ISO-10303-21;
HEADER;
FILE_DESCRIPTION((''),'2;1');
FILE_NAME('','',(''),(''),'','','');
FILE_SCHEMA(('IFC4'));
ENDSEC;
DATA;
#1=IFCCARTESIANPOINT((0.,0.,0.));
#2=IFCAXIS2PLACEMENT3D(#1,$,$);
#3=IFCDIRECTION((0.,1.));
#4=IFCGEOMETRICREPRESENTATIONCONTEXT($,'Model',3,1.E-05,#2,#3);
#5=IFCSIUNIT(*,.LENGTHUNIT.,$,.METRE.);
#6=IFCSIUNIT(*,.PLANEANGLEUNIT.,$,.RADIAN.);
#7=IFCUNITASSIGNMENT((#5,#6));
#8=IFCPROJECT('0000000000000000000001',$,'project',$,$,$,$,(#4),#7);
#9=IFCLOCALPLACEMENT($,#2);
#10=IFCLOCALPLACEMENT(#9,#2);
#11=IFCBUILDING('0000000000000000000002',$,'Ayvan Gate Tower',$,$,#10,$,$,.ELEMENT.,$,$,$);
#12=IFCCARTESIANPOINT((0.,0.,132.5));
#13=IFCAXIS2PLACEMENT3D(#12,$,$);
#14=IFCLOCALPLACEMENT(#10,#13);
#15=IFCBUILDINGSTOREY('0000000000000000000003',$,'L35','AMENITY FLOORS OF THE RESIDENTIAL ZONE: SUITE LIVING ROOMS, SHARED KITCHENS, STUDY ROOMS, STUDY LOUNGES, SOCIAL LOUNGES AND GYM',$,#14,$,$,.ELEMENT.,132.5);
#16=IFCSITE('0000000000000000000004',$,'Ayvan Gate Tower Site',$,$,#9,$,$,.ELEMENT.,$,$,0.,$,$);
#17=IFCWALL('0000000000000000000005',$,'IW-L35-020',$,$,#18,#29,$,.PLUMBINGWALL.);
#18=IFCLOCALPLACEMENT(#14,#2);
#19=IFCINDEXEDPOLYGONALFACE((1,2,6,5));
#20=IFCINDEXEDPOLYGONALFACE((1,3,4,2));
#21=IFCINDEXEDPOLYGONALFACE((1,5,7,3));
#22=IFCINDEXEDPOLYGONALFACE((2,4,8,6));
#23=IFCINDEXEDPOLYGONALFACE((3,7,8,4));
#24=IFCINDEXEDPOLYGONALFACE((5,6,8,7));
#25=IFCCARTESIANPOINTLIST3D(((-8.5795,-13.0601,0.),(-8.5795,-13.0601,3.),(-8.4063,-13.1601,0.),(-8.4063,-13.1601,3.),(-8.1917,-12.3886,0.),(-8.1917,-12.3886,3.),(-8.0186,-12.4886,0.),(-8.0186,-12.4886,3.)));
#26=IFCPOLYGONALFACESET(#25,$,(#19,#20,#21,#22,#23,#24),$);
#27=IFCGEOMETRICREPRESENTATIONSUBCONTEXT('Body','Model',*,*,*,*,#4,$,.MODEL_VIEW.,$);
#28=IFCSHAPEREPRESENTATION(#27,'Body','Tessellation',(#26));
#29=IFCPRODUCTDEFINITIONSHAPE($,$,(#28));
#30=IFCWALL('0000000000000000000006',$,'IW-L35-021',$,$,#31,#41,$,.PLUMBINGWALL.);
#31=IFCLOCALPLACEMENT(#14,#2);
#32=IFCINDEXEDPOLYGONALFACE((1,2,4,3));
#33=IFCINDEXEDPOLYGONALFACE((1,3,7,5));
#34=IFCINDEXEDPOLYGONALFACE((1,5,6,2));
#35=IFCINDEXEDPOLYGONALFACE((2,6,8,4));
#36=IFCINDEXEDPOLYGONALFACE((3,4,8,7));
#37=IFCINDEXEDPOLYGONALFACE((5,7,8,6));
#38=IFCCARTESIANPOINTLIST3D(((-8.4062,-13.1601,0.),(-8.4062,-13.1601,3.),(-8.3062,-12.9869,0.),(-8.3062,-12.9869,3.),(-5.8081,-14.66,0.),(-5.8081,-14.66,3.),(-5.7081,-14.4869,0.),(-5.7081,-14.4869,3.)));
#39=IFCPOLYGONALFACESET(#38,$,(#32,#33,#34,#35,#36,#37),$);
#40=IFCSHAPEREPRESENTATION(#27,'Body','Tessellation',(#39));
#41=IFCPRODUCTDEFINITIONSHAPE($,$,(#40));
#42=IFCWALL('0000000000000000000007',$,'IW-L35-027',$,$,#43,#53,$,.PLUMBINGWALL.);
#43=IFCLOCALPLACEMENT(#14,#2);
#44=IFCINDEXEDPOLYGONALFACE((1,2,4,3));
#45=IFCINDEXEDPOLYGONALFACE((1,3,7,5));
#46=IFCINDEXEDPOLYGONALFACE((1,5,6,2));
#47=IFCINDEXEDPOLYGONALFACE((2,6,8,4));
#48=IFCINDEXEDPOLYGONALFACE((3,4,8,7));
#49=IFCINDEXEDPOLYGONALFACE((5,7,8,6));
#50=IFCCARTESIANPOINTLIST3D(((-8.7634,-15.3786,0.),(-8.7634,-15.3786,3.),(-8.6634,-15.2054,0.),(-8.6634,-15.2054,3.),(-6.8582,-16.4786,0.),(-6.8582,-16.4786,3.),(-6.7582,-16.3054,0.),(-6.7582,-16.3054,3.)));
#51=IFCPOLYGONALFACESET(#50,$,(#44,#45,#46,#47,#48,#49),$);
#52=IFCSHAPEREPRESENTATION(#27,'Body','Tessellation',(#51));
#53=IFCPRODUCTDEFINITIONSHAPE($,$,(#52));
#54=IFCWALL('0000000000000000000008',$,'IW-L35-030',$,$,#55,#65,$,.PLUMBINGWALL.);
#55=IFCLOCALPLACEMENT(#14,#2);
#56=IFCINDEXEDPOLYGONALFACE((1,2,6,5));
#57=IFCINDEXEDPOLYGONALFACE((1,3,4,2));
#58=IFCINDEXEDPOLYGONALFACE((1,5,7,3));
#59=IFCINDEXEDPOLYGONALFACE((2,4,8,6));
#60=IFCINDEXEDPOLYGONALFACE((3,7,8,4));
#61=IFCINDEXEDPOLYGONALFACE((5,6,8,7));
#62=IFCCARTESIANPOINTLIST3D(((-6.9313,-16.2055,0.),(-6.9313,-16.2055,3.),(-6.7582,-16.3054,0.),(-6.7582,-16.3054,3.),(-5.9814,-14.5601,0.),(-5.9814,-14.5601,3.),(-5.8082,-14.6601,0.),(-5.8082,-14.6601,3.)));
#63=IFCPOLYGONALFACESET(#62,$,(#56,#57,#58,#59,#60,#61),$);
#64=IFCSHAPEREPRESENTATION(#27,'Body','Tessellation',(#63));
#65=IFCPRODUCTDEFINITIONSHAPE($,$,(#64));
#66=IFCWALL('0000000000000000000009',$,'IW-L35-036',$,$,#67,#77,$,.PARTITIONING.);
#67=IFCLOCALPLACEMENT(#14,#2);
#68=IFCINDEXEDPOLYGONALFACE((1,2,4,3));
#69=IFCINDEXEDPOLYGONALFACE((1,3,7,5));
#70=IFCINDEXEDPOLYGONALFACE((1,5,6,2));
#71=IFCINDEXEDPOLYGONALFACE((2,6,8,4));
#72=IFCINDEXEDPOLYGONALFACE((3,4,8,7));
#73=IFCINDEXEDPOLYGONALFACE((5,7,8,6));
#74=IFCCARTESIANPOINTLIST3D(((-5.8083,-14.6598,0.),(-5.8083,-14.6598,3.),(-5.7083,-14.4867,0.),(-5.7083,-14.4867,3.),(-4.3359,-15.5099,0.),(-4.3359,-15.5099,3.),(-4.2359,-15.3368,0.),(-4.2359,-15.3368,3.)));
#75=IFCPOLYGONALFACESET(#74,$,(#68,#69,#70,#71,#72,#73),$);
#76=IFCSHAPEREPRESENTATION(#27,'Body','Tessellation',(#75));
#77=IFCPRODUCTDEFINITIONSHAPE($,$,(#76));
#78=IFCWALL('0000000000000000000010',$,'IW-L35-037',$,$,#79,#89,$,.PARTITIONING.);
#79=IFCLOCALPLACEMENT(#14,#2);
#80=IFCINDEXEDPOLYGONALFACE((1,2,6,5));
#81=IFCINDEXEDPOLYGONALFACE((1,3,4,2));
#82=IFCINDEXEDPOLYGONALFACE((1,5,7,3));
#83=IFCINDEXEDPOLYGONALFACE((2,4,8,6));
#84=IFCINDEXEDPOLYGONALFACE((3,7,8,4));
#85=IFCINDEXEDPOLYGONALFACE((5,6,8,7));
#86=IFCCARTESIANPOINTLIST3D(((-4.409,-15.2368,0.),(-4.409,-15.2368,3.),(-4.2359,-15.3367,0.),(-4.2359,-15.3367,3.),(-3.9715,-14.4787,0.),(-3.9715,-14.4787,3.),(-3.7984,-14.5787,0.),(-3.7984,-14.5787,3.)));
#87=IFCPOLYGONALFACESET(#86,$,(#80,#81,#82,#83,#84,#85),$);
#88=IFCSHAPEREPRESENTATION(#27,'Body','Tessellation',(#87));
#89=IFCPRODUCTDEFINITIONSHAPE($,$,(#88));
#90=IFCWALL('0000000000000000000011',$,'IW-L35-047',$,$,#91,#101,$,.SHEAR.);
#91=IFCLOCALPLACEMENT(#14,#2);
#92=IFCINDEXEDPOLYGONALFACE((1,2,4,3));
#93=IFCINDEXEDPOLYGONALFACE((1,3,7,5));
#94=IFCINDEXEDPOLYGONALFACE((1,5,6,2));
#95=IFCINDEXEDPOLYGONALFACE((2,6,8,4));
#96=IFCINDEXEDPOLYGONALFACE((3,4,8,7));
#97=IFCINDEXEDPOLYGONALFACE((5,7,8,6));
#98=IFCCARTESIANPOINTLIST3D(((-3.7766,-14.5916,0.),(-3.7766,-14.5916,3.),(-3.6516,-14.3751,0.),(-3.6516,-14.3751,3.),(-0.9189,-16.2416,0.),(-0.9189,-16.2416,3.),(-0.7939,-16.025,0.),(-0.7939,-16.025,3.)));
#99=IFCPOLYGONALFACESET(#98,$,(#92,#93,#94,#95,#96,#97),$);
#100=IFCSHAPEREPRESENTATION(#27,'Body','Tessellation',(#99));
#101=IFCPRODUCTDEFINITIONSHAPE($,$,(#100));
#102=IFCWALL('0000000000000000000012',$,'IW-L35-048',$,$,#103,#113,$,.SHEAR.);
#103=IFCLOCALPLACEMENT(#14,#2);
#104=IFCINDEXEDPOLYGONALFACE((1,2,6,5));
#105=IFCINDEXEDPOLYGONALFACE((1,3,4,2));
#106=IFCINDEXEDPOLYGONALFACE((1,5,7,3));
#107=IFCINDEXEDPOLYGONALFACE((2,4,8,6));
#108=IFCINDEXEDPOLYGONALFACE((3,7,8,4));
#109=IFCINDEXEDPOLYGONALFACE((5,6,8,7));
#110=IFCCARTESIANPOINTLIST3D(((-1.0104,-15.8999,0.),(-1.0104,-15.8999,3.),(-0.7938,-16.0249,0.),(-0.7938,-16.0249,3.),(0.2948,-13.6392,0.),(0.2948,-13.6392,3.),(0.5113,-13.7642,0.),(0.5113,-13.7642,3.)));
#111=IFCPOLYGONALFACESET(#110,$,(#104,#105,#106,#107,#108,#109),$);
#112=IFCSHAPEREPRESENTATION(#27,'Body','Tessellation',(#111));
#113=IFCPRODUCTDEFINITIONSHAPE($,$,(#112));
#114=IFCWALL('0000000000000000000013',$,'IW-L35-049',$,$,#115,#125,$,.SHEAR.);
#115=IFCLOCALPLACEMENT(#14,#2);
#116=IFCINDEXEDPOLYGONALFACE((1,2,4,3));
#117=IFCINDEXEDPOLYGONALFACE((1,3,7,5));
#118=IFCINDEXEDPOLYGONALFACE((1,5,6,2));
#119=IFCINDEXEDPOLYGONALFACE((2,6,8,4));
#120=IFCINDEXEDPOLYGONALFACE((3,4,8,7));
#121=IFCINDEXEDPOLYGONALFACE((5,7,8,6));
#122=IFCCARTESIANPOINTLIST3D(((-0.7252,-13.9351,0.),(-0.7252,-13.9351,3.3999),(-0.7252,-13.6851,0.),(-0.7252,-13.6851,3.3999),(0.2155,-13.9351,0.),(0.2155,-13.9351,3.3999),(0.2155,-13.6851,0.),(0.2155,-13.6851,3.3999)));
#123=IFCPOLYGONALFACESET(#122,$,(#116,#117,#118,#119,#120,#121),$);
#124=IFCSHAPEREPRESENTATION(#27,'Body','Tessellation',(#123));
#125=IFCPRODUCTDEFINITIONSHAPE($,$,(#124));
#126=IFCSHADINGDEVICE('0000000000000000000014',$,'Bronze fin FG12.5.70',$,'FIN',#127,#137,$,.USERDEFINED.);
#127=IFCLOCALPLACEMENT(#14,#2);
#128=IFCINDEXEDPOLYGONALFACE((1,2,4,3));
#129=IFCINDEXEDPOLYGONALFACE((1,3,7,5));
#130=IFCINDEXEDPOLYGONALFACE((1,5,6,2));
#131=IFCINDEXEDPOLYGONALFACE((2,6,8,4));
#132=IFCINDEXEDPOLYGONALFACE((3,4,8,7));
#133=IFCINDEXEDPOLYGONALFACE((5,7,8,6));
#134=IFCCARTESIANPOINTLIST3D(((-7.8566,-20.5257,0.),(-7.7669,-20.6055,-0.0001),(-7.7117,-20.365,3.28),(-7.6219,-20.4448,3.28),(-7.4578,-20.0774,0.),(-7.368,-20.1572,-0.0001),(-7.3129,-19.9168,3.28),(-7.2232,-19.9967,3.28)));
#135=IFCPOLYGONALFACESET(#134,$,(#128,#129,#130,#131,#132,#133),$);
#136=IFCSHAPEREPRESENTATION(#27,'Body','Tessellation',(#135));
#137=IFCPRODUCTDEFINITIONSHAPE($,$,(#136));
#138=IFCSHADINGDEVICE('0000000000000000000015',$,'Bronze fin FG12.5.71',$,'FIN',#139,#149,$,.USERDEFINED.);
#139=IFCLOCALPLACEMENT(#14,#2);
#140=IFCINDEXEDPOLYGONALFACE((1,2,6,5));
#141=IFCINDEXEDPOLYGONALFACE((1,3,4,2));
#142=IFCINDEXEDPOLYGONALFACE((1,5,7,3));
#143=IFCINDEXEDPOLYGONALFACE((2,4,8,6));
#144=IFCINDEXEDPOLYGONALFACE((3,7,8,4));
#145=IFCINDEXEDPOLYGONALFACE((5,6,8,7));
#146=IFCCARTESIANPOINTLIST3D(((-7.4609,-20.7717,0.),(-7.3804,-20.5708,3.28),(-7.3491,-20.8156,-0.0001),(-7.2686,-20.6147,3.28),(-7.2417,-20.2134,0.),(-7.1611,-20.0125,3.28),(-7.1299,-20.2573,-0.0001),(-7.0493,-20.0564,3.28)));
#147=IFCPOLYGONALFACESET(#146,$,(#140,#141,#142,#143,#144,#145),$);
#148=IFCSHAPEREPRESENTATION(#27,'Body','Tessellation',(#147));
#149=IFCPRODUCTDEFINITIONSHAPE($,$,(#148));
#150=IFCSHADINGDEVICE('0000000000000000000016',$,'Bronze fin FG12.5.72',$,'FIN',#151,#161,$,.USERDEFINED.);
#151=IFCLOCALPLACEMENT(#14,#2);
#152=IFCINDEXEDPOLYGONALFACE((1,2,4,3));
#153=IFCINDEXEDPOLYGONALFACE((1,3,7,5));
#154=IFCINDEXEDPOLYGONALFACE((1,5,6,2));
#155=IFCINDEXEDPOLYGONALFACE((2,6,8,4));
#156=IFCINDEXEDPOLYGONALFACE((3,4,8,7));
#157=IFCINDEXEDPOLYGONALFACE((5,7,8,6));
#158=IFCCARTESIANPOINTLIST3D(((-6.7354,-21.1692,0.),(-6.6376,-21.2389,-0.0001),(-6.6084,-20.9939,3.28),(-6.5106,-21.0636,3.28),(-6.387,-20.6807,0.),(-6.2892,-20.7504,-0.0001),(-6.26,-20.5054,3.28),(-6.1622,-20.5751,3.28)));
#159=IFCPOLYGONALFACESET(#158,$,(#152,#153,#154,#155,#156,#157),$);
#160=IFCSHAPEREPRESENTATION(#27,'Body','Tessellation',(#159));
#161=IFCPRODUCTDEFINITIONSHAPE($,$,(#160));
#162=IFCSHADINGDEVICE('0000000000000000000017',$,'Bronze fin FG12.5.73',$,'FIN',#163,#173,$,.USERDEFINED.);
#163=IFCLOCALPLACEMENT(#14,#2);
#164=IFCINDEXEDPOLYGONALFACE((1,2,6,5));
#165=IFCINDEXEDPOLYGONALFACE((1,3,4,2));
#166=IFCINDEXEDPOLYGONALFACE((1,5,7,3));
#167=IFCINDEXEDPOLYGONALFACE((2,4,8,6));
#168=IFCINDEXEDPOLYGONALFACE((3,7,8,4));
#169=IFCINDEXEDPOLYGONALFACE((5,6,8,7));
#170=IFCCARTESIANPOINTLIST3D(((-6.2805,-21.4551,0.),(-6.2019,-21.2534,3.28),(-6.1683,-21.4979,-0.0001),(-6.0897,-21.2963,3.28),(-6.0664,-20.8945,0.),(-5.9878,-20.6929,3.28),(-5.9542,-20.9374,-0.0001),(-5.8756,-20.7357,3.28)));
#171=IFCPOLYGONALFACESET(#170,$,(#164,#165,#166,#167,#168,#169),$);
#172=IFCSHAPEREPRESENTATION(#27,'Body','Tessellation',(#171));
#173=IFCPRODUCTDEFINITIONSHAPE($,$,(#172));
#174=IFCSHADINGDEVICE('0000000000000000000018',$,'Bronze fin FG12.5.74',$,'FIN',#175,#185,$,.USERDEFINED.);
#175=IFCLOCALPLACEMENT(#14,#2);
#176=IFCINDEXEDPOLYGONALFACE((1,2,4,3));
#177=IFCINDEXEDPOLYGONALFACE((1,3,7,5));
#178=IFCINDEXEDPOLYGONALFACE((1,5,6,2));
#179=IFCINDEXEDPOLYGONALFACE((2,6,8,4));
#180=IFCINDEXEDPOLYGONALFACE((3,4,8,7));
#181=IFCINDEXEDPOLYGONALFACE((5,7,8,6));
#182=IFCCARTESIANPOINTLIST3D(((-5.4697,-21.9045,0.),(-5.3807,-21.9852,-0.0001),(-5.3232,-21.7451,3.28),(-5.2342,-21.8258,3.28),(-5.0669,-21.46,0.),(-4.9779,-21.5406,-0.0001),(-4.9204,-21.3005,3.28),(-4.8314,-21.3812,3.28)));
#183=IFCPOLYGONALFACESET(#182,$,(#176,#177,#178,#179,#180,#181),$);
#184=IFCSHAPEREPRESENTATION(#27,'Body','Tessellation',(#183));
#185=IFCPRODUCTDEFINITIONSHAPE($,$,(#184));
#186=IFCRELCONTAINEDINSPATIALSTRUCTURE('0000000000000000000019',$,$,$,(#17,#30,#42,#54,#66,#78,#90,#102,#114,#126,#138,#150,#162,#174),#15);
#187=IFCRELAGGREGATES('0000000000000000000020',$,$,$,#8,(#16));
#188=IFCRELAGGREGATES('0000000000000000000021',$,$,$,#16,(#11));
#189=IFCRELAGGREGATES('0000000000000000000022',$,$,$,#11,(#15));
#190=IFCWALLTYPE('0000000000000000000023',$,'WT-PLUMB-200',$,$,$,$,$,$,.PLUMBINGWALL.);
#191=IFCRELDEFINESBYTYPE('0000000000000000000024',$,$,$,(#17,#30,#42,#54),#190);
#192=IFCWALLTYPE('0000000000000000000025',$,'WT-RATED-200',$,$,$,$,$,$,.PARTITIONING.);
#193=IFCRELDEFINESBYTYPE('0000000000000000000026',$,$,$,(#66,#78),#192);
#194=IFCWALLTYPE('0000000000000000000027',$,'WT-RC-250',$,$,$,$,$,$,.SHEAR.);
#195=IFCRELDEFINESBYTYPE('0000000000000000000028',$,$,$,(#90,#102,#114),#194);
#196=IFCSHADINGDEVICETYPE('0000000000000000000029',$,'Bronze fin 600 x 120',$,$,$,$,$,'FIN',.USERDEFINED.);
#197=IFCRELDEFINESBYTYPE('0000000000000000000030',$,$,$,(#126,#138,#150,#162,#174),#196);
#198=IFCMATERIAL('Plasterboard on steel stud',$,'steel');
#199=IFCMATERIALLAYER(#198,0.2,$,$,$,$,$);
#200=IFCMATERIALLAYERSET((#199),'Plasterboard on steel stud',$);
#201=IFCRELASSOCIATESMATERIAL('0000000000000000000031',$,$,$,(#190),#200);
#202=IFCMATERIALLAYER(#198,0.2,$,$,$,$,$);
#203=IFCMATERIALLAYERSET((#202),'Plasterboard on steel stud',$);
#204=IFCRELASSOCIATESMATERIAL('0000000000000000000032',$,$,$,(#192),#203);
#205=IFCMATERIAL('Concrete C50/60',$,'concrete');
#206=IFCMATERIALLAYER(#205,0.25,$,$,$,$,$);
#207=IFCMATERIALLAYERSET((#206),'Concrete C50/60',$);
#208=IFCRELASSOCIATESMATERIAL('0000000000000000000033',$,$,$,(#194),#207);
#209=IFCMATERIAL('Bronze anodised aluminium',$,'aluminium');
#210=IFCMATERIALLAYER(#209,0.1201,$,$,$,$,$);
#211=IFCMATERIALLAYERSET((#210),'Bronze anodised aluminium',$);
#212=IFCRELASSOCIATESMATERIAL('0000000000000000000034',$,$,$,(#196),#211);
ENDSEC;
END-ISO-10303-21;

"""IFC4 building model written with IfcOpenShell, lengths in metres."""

from ifc_helpers import new_model, si_unit, direction, frame, frame_2d, origin, place, context, subcontext, project, spatial, polyline, rectangle, outline, extrude, material, layer, layer_set, type_object, element, save


model = new_model("IFC4")

# Units and contexts
model_context = context("Model", 3, precision=1e-05, world=origin(), true_north=direction((0.0, 1.0)))
body_context = subcontext(model_context, "Body", "Model", "MODEL_VIEW")
ifc_project = project(units=[si_unit("LENGTHUNIT", "METRE"), si_unit("PLANEANGLEUNIT", "RADIAN")], contexts=[model_context])

# Site, building, storey
site_placement = place(None, origin())
site = spatial("IfcSite", under=ifc_project, at=site_placement, Name="Ayvan Gate Tower Site", CompositionType="ELEMENT", RefElevation=0.0)
building_placement = place(site_placement, origin())
building = spatial("IfcBuilding", under=site, at=building_placement, Name="Ayvan Gate Tower", CompositionType="ELEMENT")
storey_placement = place(building_placement, frame((0.0, 0.0, 132.5)))
storey = spatial("IfcBuildingStorey", under=building, at=storey_placement, Name="L35", Description="AMENITY FLOORS OF THE RESIDENTIAL ZONE: SUITE LIVING ROOMS, SHARED KITCHENS, STUDY ROOMS, STUDY LOUNGES, SOCIAL LOUNGES AND GYM", CompositionType="ELEMENT", Elevation=132.5)

# Shared definitions
ifc_material_1 = material(Name="Bronze anodised aluminium", Category="aluminium")

# Walls
ifc_material_2 = material(Name="Plasterboard on steel stud", Category="steel")
ifc_layer_1 = layer(ifc_material_2, 0.2)
ifc_layer_set_1 = layer_set([ifc_layer_1], Name="Plasterboard on steel stud")
wall_type_1 = type_object("IfcWallType", Name="WT-PLUMB-200", PredefinedType="PLUMBINGWALL", material=ifc_layer_set_1)
wall_1_placement = place(storey_placement, frame((-8.4929, -13.1101, 0.0), z_axis=(0.0, 0.0, 1.0), x_axis=(0.500068, 0.865986, 0.0)))
element("IfcWall", 1, at=wall_1_placement, inside=storey, type_object=wall_type_1, Name="IW-L35-020", PredefinedType="PLUMBINGWALL", context=body_context, shape_type="SweptSolid", body=[
    extrude(rectangle(XDim=0.7754, YDim=0.2, at=frame_2d((0.3877, 0.0))), origin(), (0.0, 0.0, 1.0), 3.0),
])
wall_2_placement = place(storey_placement, frame((-8.3562, -13.0735, 0.0), z_axis=(0.0, 0.0, 1.0), x_axis=(0.866031, -0.49999, 0.0)))
element("IfcWall", 2, at=wall_2_placement, inside=storey, type_object=wall_type_1, Name="IW-L35-021", PredefinedType="PLUMBINGWALL", context=body_context, shape_type="SweptSolid", body=[
    extrude(rectangle(XDim=3.0, YDim=0.2, at=frame_2d((1.5, 0.0))), origin(), (0.0, 0.0, 1.0), 3.0),
])
wall_3_placement = place(storey_placement, frame((-6.8081, -16.3921, 0.0), z_axis=(0.0, 0.0, 1.0), x_axis=(-0.866008, 0.50003, 0.0)))
element("IfcWall", 3, at=wall_3_placement, inside=storey, type_object=wall_type_1, Name="IW-L35-027", PredefinedType="PLUMBINGWALL", context=body_context, shape_type="SweptSolid", body=[
    extrude(rectangle(XDim=2.2, YDim=0.2, at=frame_2d((1.1001, 0.0))), origin(), (0.0, 0.0, 1.0), 3.0),
])
wall_4_placement = place(storey_placement, frame((-5.8948, -14.6101, 0.0), z_axis=(0.0, 0.0, 1.0), x_axis=(-0.500023, -0.866012, 0.0)))
element("IfcWall", 4, at=wall_4_placement, inside=storey, type_object=wall_type_1, Name="IW-L35-030", PredefinedType="PLUMBINGWALL", context=body_context, shape_type="SweptSolid", body=[
    extrude(rectangle(XDim=1.8999, YDim=0.2, at=frame_2d((0.95, 0.0))), origin(), (0.0, 0.0, 1.0), 3.0),
])
ifc_layer_2 = layer(ifc_material_2, 0.2)
ifc_layer_set_2 = layer_set([ifc_layer_2], Name="Plasterboard on steel stud")
wall_type_2 = type_object("IfcWallType", Name="WT-RATED-200", PredefinedType="PARTITIONING", material=ifc_layer_set_2)
wall_5_placement = place(storey_placement, frame((-4.2859, -15.4233, 0.0), z_axis=(0.0, 0.0, 1.0), x_axis=(-0.866025, 0.5, 0.0)))
element("IfcWall", 5, at=wall_5_placement, inside=storey, type_object=wall_type_2, Name="IW-L35-036", PredefinedType="PARTITIONING", context=body_context, shape_type="SweptSolid", body=[
    extrude(rectangle(XDim=1.7002, YDim=0.2, at=frame_2d((0.8501, 0.0))), origin(), (0.0, 0.0, 1.0), 3.0),
])
wall_6_placement = place(storey_placement, frame((-3.885, -14.5288, 0.0), z_axis=(0.0, 0.0, 1.0), x_axis=(-0.499859, -0.866107, 0.0)))
element("IfcWall", 6, at=wall_6_placement, inside=storey, type_object=wall_type_2, Name="IW-L35-037", PredefinedType="PARTITIONING", context=body_context, shape_type="SweptSolid", body=[
    extrude(rectangle(XDim=0.8752, YDim=0.2, at=frame_2d((0.4375, 0.0))), origin(), (0.0, 0.0, 1.0), 3.0),
])
ifc_material_3 = material(Name="Concrete C50/60", Category="concrete")
ifc_layer_3 = layer(ifc_material_3, 0.25)
ifc_layer_set_3 = layer_set([ifc_layer_3], Name="Concrete C50/60")
wall_type_3 = type_object("IfcWallType", Name="WT-RC-250", PredefinedType="SHEAR", material=ifc_layer_set_3)
wall_7_placement = place(storey_placement, frame((-0.8564, -16.1333, 0.0), z_axis=(0.0, 0.0, 1.0), x_axis=(-0.866022, 0.500006, 0.0)))
element("IfcWall", 7, at=wall_7_placement, inside=storey, type_object=wall_type_3, Name="IW-L35-047", PredefinedType="SHEAR", context=body_context, shape_type="SweptSolid", body=[
    extrude(rectangle(XDim=3.2998, YDim=0.25, at=frame_2d((1.6499, 0.0))), origin(), (0.0, 0.0, 1.0), 3.0),
])
wall_8_placement = place(storey_placement, frame((-0.9021, -15.9624, 0.0), z_axis=(0.0, 0.0, 1.0), x_axis=(0.499982, 0.866036, 0.0)))
element("IfcWall", 8, at=wall_8_placement, inside=storey, type_object=wall_type_3, Name="IW-L35-048", PredefinedType="SHEAR", context=body_context, shape_type="SweptSolid", body=[
    extrude(rectangle(XDim=2.6104, YDim=0.25, at=frame_2d((1.3052, 0.0))), origin(), (0.0, 0.0, 1.0), 3.0),
])
wall_9_placement = place(storey_placement, frame((-0.7251, -13.8101, 0.0), z_axis=(0.0, 0.0, 1.0), x_axis=(1.0, 0.0, 0.0)))
element("IfcWall", 9, at=wall_9_placement, inside=storey, type_object=wall_type_3, Name="IW-L35-049", PredefinedType="SHEAR", context=body_context, shape_type="SweptSolid", body=[
    extrude(rectangle(XDim=0.9407, YDim=0.25, at=frame_2d((0.4702, 0.0))), origin(), (0.0, 0.0, 1.0), 3.3999),
])

# Shading devices
ifc_layer_4 = layer(ifc_material_1, 0.1201)
ifc_layer_set_4 = layer_set([ifc_layer_4], Name="Bronze anodised aluminium")
shading_device_type = type_object("IfcShadingDeviceType", Name="Bronze fin 600 x 120", ElementType="FIN", PredefinedType="USERDEFINED", material=ifc_layer_set_4)
shading_device_1_placement = place(storey_placement, frame((-7.4578, -20.0774, 0.0), z_axis=(-0.747106, 0.664705, 0.000449), x_axis=(-0.664705, -0.747106, 0.0)))
element("IfcShadingDevice", 10, at=shading_device_1_placement, inside=storey, type_object=shading_device_type, Name="Bronze fin FG12.5.70", ObjectType="FIN", PredefinedType="USERDEFINED", context=body_context, shape_type="SweptSolid", body=[
    extrude(outline(polyline([(0.0, 0.0), (0.6001, 0.0), (0.3836, 3.28), (-0.2163, 3.28), (0.0, 0.0)])), origin(), (0.0, 0.0, -1.0), 0.1201),
])
shading_device_2_placement = place(storey_placement, frame((-7.2417, -20.2134, 0.0), z_axis=(-0.930816, 0.365489, 0.000474), x_axis=(-0.365489, -0.930816, 0.0)))
element("IfcShadingDevice", 11, at=shading_device_2_placement, inside=storey, type_object=shading_device_type, Name="Bronze fin FG12.5.71", ObjectType="FIN", PredefinedType="USERDEFINED", context=body_context, shape_type="SweptSolid", body=[
    extrude(outline(polyline([(0.0, 0.0), (0.5998, 0.0), (0.3834, 3.28), (-0.2165, 3.28), (0.0, 0.0)])), origin(), (0.0, 0.0, -1.0), 0.1201),
])
shading_device_3_placement = place(storey_placement, frame((-6.387, -20.6807, 0.0), z_axis=(-0.814173, 0.580622, 0.000483), x_axis=(-0.580622, -0.814173, 0.0)))
element("IfcShadingDevice", 12, at=shading_device_3_placement, inside=storey, type_object=shading_device_type, Name="Bronze fin FG12.5.72", ObjectType="FIN", PredefinedType="USERDEFINED", context=body_context, shape_type="SweptSolid", body=[
    extrude(outline(polyline([(0.0, 0.0), (0.6, 0.0), (0.3836, 3.28), (-0.2164, 3.28), (0.0, 0.0)])), origin(), (0.0, 0.0, -1.0), 0.1201),
])
shading_device_4_placement = place(storey_placement, frame((-6.0664, -20.8945, 0.0), z_axis=(-0.934171, 0.356824, 0.000452), x_axis=(-0.356824, -0.934172, 0.0)))
element("IfcShadingDevice", 13, at=shading_device_4_placement, inside=storey, type_object=shading_device_type, Name="Bronze fin FG12.5.73", ObjectType="FIN", PredefinedType="USERDEFINED", context=body_context, shape_type="SweptSolid", body=[
    extrude(outline(polyline([(0.0, 0.0), (0.6, 0.0), (0.3836, 3.28), (-0.2164, 3.28), (0.0, 0.0)])), origin(), (0.0, 0.0, -1.0), 0.1201),
])
shading_device_5_placement = place(storey_placement, frame((-5.0669, -21.46, 0.0), z_axis=(-0.741044, 0.671457, 0.000459), x_axis=(-0.671457, -0.741044, 0.0)))
element("IfcShadingDevice", 14, at=shading_device_5_placement, inside=storey, type_object=shading_device_type, Name="Bronze fin FG12.5.74", ObjectType="FIN", PredefinedType="USERDEFINED", context=body_context, shape_type="SweptSolid", body=[
    extrude(outline(polyline([(0.0, 0.0), (0.5999, 0.0), (0.3834, 3.28), (-0.2165, 3.28), (0.0, 0.0)])), origin(), (0.0, 0.0, -1.0), 0.1201),
])

save(model, "model.ifc")
